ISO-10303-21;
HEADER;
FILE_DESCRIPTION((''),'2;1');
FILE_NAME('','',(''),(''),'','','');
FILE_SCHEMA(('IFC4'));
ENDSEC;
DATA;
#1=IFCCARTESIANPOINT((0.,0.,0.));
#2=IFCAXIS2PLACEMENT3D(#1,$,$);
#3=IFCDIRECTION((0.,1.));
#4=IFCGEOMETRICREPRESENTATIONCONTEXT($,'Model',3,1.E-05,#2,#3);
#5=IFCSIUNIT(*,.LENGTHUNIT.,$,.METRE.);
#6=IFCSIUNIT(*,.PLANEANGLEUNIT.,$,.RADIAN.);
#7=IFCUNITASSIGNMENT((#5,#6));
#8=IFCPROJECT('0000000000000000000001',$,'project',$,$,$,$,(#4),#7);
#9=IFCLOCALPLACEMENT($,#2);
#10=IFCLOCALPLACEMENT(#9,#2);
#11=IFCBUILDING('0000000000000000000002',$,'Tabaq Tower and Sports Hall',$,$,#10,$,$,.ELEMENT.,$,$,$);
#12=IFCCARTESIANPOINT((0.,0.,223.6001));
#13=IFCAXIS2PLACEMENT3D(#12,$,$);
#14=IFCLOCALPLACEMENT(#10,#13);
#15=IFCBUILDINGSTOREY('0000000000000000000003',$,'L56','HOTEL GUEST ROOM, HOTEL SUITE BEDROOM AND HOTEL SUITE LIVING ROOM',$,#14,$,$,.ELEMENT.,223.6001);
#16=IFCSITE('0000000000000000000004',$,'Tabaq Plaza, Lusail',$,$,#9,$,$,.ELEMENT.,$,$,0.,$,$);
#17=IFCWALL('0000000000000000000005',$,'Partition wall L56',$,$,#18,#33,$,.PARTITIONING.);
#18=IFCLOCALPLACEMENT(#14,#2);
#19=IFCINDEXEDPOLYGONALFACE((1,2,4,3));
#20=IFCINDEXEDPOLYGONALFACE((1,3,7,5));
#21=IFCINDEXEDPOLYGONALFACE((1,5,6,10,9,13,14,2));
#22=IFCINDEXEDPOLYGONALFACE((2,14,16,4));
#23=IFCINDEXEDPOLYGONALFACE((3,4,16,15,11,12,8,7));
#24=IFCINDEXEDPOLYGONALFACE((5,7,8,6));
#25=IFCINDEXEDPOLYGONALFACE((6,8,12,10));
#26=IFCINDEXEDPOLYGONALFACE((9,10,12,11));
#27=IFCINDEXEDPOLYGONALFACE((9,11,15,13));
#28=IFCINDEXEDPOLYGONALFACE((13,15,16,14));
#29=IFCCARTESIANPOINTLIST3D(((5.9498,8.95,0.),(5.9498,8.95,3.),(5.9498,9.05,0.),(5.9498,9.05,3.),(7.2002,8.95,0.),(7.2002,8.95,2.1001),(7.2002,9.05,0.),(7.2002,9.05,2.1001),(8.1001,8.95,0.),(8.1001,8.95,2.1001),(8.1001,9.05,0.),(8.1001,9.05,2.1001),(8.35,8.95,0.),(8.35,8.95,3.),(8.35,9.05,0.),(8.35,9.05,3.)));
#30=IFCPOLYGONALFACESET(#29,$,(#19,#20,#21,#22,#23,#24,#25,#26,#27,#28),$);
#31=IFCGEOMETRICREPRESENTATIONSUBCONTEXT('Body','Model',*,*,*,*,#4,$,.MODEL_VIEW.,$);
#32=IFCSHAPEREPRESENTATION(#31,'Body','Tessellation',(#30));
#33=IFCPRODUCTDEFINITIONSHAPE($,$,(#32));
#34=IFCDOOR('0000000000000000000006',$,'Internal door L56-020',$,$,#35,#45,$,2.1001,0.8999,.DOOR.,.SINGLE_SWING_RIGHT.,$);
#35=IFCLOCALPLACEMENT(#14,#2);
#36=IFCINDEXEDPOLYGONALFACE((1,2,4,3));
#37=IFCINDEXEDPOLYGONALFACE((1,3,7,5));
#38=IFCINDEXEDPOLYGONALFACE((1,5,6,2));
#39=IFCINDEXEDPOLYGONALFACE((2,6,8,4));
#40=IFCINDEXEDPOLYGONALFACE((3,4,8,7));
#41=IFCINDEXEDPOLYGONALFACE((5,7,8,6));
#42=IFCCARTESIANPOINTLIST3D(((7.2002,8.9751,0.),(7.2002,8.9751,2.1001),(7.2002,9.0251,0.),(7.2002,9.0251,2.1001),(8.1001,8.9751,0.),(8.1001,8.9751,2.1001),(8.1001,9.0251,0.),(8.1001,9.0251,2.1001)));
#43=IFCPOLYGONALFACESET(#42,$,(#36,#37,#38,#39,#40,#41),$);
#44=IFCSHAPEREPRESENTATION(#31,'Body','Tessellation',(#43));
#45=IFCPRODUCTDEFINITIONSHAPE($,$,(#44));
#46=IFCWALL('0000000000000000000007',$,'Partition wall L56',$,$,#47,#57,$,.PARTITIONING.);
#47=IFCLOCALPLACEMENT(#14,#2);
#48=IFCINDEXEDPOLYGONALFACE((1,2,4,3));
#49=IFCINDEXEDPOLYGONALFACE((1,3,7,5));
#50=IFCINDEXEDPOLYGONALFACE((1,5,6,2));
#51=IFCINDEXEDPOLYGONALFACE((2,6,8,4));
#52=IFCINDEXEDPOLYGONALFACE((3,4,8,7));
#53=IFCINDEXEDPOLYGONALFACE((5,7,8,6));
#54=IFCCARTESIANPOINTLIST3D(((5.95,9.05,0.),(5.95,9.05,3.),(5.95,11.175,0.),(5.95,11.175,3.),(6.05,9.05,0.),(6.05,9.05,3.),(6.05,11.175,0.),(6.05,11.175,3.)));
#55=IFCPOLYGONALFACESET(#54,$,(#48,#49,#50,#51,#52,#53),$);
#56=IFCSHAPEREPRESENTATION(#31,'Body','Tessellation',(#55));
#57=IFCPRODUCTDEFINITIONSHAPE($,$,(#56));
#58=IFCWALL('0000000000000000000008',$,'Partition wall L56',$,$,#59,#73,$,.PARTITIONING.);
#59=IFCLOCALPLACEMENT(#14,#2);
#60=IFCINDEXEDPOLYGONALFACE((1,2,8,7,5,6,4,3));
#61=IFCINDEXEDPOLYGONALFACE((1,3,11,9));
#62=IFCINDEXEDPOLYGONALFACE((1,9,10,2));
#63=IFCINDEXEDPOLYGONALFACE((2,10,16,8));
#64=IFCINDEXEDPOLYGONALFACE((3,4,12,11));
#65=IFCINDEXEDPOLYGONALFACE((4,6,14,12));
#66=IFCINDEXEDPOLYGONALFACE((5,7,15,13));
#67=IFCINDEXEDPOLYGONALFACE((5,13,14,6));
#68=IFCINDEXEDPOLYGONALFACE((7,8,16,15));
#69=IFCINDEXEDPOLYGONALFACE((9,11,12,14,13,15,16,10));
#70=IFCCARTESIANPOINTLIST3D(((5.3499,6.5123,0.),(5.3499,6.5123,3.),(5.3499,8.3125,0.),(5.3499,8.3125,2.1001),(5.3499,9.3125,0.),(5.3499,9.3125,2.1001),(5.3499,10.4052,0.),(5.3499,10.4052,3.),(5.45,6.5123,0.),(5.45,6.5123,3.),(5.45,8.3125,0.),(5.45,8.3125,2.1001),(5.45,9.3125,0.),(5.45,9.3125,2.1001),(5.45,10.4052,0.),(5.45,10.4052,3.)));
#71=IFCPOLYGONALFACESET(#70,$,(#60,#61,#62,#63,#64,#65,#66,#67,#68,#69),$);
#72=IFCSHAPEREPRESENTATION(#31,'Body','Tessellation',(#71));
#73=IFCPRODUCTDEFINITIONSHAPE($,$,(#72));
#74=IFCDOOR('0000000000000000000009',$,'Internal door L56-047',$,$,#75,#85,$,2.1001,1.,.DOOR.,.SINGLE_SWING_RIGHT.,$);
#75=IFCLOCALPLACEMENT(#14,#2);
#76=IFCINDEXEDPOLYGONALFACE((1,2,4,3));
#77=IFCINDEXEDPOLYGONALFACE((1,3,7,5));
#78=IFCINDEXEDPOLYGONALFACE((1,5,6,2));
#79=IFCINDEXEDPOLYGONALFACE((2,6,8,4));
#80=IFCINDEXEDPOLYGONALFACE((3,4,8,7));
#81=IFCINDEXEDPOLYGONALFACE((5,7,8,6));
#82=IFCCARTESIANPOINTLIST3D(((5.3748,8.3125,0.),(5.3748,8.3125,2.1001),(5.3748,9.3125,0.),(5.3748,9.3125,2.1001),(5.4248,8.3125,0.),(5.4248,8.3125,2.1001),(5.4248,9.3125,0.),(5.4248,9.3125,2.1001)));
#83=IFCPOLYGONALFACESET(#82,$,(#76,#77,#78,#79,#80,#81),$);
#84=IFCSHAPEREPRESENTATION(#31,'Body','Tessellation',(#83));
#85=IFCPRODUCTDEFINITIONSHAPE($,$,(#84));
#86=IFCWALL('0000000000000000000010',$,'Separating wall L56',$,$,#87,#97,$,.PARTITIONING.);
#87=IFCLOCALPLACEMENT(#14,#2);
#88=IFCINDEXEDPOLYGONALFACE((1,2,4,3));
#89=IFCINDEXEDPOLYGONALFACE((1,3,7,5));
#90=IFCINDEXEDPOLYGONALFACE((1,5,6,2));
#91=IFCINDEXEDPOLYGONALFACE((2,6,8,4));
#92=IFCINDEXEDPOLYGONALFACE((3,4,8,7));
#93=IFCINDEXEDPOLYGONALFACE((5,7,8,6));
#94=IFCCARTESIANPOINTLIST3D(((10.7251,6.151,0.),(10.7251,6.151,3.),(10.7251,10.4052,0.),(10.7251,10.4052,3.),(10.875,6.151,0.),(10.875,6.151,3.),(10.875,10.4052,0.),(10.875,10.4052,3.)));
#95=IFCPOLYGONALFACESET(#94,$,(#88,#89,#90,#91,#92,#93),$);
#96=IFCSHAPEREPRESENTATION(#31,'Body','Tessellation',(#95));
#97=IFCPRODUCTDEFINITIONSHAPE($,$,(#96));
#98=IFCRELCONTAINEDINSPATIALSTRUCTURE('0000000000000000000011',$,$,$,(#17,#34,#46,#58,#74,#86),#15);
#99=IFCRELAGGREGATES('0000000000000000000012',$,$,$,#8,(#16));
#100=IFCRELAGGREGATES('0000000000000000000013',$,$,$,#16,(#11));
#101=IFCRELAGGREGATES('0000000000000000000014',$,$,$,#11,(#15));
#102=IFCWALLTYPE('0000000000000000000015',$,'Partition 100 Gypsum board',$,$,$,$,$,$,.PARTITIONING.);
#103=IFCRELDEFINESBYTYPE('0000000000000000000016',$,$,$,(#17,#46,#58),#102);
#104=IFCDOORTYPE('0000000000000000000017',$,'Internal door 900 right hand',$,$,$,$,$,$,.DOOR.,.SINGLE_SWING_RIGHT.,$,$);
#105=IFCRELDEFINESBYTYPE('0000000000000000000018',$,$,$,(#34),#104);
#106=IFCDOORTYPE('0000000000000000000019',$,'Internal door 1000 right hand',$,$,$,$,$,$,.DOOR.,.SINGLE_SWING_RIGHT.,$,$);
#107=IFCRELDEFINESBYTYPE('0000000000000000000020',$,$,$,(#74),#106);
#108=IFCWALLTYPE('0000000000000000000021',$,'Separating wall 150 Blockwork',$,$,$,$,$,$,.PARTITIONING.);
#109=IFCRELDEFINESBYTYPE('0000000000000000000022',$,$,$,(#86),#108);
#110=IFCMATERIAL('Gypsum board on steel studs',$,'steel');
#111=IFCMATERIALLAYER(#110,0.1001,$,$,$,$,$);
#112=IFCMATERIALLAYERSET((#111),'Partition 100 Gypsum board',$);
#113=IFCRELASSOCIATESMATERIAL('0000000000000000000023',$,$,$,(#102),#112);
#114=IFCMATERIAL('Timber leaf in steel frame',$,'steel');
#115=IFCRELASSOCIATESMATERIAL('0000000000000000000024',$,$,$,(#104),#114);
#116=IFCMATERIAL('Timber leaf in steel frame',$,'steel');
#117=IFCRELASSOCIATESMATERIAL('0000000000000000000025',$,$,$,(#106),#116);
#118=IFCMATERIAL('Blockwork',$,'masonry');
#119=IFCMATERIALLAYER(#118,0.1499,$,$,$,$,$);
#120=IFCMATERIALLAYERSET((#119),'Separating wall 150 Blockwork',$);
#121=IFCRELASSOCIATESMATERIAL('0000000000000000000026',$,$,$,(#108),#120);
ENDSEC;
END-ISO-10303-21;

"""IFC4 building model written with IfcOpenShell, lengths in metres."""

from ifc_helpers import new_model, si_unit, direction, frame, frame_2d, origin, place, context, subcontext, project, spatial, rectangle, extrude, material, layer, layer_set, type_object, element, fill, save


model = new_model("IFC4")

# Units and contexts
model_context = context("Model", 3, precision=1e-05, world=origin(), true_north=direction((0.0, 1.0)))
body_context = subcontext(model_context, "Body", "Model", "MODEL_VIEW")
ifc_project = project(units=[si_unit("LENGTHUNIT", "METRE"), si_unit("PLANEANGLEUNIT", "RADIAN")], contexts=[model_context])

# Site, building, storey
site_placement = place(None, origin())
site = spatial("IfcSite", under=ifc_project, at=site_placement, Name="Tabaq Plaza, Lusail", CompositionType="ELEMENT", RefElevation=0.0)
building_placement = place(site_placement, origin())
building = spatial("IfcBuilding", under=site, at=building_placement, Name="Tabaq Tower and Sports Hall", CompositionType="ELEMENT")
storey_placement = place(building_placement, frame((0.0, 0.0, 223.6001)))
storey = spatial("IfcBuildingStorey", under=building, at=storey_placement, Name="L56", Description="HOTEL GUEST ROOM, HOTEL SUITE BEDROOM AND HOTEL SUITE LIVING ROOM", CompositionType="ELEMENT", Elevation=223.6001)

# Wall, opening, door
ifc_material_1 = material(Name="Gypsum board on steel studs", Category="steel")
ifc_layer_1 = layer(ifc_material_1, 0.1001)
ifc_layer_set_1 = layer_set([ifc_layer_1], Name="Partition 100 Gypsum board")
wall_type_1 = type_object("IfcWallType", Name="Partition 100 Gypsum board", PredefinedType="PARTITIONING", material=ifc_layer_set_1)
wall_1_placement = place(storey_placement, frame((8.3501, 9.0, 0.0), z_axis=(0.0, 0.0, 1.0), x_axis=(-1.0, 0.0, 0.0)))
wall_1 = element("IfcWall", 1, at=wall_1_placement, inside=storey, type_object=wall_type_1, Name="Partition wall L56", PredefinedType="PARTITIONING", context=body_context, shape_type="SweptSolid", body=[
    extrude(rectangle(XDim=2.4001, YDim=0.1001, at=frame_2d((1.2002, 0.0))), origin(), (0.0, 0.0, 1.0), 3.0),
])
opening_1_placement = place(wall_1_placement, frame((0.25, 0.0, 0.0)))
opening_1 = element("IfcOpeningElement", 2, at=opening_1_placement, cuts=wall_1, PredefinedType="OPENING", context=body_context, shape_type="SweptSolid", body=[
    extrude(rectangle(XDim=0.8999, YDim=2.1001, at=frame_2d((0.45, 1.05))), frame((0.0, 0.05, 0.0), z_axis=(0.0, -1.0, 0.0), x_axis=(1.0, 0.0, 0.0)), (0.0, 0.0, 1.0), 0.1001),
])
ifc_material_2 = material(Name="Timber leaf in steel frame", Category="steel")
door_type_1 = type_object("IfcDoorType", Name="Internal door 900 right hand", OperationType="SINGLE_SWING_RIGHT", PredefinedType="DOOR", material=ifc_material_2)
door_1_placement = place(opening_1_placement, origin())
door_1 = element("IfcDoor", 3, at=door_1_placement, inside=storey, type_object=door_type_1, Name="Internal door L56-020", OperationType="SINGLE_SWING_RIGHT", OverallHeight=2.1001, OverallWidth=0.8999, PredefinedType="DOOR", context=body_context, shape_type="SweptSolid", body=[
    extrude(rectangle(XDim=0.8999, YDim=2.1001, at=frame_2d((0.45, 1.05))), frame((0.0, 0.0249, 0.0), z_axis=(0.0, -1.0, 0.0), x_axis=(1.0, 0.0, 0.0)), (0.0, 0.0, 1.0), 0.05),
])
fill(opening_1, door_1)

# Wall
wall_2_placement = place(storey_placement, frame((6.0, 9.05, 0.0), z_axis=(0.0, 0.0, 1.0), x_axis=(0.0, 1.0, 0.0)))
element("IfcWall", 4, at=wall_2_placement, inside=storey, type_object=wall_type_1, Name="Partition wall L56", PredefinedType="PARTITIONING", context=body_context, shape_type="SweptSolid", body=[
    extrude(rectangle(XDim=2.125, YDim=0.1001, at=frame_2d((1.0625, 0.0))), origin(), (0.0, 0.0, 1.0), 3.0),
])

# Wall, opening, door
wall_3_placement = place(storey_placement, frame((5.3999, 10.405, 0.0), z_axis=(0.0, 0.0, 1.0), x_axis=(0.0, -1.0, 0.0)))
wall_3 = element("IfcWall", 5, at=wall_3_placement, inside=storey, type_object=wall_type_1, Name="Partition wall L56", PredefinedType="PARTITIONING", context=body_context, shape_type="SweptSolid", body=[
    extrude(rectangle(XDim=3.8928, YDim=0.1001, at=frame_2d((1.9463, 0.0))), origin(), (0.0, 0.0, 1.0), 3.0),
])
opening_2_placement = place(wall_3_placement, frame((1.0925, 0.0, 0.0)))
opening_2 = element("IfcOpeningElement", 6, at=opening_2_placement, cuts=wall_3, PredefinedType="OPENING", context=body_context, shape_type="SweptSolid", body=[
    extrude(rectangle(XDim=1.0, YDim=2.1001, at=frame_2d((0.5, 1.05))), frame((0.0, 0.05, 0.0), z_axis=(0.0, -1.0, 0.0), x_axis=(1.0, 0.0, 0.0)), (0.0, 0.0, 1.0), 0.1001),
])
ifc_material_3 = material(Name="Timber leaf in steel frame", Category="steel")
door_type_2 = type_object("IfcDoorType", Name="Internal door 1000 right hand", OperationType="SINGLE_SWING_RIGHT", PredefinedType="DOOR", material=ifc_material_3)
door_2_placement = place(opening_2_placement, origin())
door_2 = element("IfcDoor", 7, at=door_2_placement, inside=storey, type_object=door_type_2, Name="Internal door L56-047", OperationType="SINGLE_SWING_RIGHT", OverallHeight=2.1001, OverallWidth=1.0, PredefinedType="DOOR", context=body_context, shape_type="SweptSolid", body=[
    extrude(rectangle(XDim=1.0, YDim=2.1001, at=frame_2d((0.5, 1.05))), frame((0.0, 0.0249, 0.0), z_axis=(0.0, -1.0, 0.0), x_axis=(1.0, 0.0, 0.0)), (0.0, 0.0, 1.0), 0.05),
])
fill(opening_2, door_2)

# Wall
ifc_material_4 = material(Name="Blockwork", Category="masonry")
ifc_layer_2 = layer(ifc_material_4, 0.1499)
ifc_layer_set_2 = layer_set([ifc_layer_2], Name="Separating wall 150 Blockwork")
wall_type_2 = type_object("IfcWallType", Name="Separating wall 150 Blockwork", PredefinedType="PARTITIONING", material=ifc_layer_set_2)
wall_4_placement = place(storey_placement, frame((10.8, 10.405, 0.0), z_axis=(0.0, 0.0, 1.0), x_axis=(0.0, -1.0, 0.0)))
element("IfcWall", 8, at=wall_4_placement, inside=storey, type_object=wall_type_2, Name="Separating wall L56", PredefinedType="PARTITIONING", context=body_context, shape_type="SweptSolid", body=[
    extrude(rectangle(XDim=4.2542, YDim=0.1499, at=frame_2d((2.127, 0.0))), origin(), (0.0, 0.0, 1.0), 3.0),
])

save(model, "model.ifc")
